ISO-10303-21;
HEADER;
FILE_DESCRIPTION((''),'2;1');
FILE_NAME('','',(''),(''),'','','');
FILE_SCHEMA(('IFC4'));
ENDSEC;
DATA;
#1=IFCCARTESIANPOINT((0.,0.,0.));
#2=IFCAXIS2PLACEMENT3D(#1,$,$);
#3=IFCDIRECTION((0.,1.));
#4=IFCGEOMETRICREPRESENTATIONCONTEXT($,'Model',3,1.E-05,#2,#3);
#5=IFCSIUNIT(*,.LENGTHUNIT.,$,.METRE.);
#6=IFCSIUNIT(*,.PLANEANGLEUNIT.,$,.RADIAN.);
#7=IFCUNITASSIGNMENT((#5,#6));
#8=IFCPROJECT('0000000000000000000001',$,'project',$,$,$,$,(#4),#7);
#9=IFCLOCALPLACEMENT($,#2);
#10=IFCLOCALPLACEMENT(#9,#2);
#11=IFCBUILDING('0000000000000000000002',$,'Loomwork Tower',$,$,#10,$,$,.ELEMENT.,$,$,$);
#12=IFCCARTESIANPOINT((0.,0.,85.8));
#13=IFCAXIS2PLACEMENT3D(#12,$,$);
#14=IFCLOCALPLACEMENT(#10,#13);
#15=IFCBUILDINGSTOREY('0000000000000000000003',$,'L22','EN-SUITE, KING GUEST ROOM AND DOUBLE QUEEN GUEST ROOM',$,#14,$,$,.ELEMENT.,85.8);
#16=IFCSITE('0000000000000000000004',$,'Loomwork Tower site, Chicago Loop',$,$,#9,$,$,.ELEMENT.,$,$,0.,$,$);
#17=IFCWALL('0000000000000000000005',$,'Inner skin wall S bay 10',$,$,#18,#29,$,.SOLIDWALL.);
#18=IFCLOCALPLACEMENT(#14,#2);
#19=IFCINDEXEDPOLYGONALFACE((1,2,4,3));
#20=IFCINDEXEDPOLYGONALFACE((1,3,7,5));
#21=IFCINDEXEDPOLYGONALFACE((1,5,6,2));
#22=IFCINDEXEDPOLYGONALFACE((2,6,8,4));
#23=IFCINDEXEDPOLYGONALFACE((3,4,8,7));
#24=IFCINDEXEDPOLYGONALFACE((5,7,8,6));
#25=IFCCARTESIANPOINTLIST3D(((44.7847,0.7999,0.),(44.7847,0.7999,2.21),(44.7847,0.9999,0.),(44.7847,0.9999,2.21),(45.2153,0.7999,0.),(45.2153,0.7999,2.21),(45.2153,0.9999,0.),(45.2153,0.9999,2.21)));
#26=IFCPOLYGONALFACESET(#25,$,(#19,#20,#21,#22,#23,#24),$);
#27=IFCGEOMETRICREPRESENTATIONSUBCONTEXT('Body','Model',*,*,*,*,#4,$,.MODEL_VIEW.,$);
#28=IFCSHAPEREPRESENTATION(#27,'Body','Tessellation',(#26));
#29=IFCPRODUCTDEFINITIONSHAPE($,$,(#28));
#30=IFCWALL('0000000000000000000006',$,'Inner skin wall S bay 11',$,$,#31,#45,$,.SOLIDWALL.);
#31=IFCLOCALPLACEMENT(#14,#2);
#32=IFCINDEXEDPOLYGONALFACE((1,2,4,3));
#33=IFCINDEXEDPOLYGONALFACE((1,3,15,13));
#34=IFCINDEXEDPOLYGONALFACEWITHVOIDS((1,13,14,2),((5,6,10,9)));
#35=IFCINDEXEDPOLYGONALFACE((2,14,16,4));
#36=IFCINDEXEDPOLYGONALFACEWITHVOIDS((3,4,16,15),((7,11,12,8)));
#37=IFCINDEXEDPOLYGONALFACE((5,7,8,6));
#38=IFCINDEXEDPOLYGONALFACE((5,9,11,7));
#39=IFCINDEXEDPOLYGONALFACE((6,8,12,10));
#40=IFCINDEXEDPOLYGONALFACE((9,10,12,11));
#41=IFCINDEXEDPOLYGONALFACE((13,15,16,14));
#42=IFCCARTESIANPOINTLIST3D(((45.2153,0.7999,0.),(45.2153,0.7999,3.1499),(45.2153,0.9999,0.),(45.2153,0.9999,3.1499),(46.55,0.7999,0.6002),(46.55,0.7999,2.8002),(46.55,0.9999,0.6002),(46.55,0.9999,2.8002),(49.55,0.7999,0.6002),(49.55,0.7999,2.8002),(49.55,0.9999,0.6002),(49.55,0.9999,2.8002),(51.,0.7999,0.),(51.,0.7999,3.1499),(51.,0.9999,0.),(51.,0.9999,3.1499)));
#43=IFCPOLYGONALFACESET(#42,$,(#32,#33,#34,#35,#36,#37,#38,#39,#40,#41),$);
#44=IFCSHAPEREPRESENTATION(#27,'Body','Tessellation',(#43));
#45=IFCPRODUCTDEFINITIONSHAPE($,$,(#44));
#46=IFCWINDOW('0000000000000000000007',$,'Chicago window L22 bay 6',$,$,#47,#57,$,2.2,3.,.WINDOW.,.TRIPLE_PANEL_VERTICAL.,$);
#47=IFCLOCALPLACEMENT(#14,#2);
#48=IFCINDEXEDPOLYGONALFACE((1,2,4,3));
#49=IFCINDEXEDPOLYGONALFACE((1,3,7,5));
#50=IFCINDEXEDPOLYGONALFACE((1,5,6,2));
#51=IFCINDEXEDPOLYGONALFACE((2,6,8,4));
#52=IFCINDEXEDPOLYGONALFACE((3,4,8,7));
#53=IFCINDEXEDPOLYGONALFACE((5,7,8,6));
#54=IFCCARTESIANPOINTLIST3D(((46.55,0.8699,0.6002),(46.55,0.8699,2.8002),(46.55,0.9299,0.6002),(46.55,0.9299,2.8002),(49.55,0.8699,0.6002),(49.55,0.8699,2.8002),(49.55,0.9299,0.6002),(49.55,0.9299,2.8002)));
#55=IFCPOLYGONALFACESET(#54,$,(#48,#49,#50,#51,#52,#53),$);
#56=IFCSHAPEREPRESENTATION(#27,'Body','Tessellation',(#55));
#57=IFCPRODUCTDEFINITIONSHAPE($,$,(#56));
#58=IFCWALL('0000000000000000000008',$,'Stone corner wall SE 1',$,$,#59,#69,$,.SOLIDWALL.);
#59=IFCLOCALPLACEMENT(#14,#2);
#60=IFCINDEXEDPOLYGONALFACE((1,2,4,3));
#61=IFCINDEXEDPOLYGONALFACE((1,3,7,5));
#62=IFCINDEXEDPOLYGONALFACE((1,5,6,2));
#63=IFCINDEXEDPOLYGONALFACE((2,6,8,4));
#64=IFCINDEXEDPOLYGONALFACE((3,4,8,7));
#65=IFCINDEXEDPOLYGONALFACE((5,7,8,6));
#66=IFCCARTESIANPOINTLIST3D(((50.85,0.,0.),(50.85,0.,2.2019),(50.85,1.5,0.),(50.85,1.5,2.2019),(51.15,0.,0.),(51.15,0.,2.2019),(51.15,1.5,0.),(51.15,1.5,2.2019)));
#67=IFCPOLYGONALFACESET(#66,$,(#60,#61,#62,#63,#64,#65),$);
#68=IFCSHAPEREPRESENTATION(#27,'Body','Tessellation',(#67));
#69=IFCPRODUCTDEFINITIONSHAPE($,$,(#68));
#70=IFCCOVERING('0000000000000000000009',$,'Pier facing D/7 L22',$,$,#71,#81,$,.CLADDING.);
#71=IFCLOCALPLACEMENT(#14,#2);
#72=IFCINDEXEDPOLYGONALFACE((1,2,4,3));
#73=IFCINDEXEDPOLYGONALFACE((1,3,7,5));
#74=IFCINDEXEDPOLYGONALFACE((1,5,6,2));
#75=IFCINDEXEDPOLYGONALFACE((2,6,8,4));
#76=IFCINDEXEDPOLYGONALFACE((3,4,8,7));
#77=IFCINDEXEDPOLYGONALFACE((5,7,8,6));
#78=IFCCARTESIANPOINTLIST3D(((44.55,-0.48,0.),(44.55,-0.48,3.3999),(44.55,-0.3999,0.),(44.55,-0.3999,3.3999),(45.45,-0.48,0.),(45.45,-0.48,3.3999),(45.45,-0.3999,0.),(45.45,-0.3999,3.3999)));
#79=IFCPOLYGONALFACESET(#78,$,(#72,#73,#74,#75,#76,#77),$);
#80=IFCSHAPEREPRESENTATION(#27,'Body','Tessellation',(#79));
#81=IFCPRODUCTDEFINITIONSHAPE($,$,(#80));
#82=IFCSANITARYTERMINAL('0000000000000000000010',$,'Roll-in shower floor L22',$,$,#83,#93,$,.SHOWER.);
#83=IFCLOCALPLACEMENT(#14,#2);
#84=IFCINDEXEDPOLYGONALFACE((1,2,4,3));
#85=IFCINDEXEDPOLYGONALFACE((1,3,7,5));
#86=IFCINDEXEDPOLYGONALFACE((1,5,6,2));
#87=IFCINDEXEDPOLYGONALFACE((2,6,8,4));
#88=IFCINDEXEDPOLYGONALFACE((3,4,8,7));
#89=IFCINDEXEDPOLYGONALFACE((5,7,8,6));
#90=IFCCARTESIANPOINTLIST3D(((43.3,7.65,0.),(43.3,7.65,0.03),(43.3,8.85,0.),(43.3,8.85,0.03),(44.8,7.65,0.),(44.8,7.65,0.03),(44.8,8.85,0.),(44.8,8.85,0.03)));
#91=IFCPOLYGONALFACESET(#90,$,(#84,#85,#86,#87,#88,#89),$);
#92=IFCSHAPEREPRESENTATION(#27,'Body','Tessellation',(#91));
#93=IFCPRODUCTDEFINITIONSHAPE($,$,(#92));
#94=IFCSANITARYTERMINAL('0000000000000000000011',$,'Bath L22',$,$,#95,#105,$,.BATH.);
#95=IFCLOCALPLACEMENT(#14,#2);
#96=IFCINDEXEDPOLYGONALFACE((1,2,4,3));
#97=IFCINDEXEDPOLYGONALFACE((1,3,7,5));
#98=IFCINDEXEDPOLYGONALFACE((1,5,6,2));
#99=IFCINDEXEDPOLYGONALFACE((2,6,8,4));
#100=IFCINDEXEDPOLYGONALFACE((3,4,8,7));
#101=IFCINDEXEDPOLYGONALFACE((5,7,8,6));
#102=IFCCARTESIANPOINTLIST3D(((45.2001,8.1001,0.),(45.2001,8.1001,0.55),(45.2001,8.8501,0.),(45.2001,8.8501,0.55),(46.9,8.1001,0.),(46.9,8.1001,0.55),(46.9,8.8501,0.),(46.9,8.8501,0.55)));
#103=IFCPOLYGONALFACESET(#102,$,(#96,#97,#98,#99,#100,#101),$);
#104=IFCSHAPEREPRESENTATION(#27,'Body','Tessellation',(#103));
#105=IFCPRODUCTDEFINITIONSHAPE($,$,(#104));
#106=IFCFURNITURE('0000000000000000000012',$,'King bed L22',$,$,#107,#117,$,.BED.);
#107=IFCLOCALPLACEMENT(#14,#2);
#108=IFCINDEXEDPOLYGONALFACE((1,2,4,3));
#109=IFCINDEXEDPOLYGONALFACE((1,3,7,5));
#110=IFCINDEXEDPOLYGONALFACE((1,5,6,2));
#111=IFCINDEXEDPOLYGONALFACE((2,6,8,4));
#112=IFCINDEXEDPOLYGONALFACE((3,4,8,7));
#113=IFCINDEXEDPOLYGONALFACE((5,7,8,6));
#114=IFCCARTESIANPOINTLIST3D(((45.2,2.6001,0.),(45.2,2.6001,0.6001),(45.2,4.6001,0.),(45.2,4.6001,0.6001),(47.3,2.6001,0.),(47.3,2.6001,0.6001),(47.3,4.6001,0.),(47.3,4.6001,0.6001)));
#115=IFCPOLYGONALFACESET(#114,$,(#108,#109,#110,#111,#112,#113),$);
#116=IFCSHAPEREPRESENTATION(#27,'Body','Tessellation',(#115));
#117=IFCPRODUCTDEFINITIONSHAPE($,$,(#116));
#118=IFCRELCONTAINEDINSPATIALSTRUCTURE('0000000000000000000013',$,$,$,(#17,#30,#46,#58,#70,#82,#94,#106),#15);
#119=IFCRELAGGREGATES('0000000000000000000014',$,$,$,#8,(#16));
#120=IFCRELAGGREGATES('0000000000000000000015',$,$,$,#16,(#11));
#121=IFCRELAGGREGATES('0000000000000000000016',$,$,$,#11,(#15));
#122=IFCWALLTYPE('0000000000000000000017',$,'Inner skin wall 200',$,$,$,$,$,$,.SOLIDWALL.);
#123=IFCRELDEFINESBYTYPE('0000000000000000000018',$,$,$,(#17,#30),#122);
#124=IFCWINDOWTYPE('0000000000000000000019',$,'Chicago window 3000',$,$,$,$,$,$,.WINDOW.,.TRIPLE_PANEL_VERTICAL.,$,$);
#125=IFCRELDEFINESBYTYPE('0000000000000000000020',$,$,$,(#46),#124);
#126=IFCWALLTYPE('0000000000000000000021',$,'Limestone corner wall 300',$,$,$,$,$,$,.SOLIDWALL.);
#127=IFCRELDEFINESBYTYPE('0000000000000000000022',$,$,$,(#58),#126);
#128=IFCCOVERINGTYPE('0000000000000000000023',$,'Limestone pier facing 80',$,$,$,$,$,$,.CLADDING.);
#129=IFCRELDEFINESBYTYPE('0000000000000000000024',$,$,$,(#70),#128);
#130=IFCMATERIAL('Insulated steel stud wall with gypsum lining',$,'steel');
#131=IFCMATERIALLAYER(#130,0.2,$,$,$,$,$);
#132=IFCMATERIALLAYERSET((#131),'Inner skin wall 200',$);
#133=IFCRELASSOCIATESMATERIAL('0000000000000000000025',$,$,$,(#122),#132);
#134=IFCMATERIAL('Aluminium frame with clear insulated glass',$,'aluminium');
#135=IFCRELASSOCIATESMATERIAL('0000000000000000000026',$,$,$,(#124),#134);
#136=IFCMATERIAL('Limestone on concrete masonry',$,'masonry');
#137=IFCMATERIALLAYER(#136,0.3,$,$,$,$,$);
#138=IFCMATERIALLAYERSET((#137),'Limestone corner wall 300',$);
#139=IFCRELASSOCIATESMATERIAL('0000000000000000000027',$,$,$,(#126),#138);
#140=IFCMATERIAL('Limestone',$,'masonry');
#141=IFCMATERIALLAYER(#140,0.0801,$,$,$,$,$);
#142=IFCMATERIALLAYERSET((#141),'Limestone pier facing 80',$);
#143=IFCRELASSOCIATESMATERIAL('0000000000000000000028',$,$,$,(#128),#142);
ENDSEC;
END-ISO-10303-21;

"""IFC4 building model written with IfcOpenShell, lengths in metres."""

from ifc_helpers import new_model, si_unit, direction, frame, frame_2d, origin, origin_2d, place, context, subcontext, project, spatial, rectangle, extrude, material, layer, layer_set, type_object, element, fill, save


model = new_model("IFC4")

# Units and contexts
model_context = context("Model", 3, precision=1e-05, world=origin(), true_north=direction((0.0, 1.0)))
body_context = subcontext(model_context, "Body", "Model", "MODEL_VIEW")
ifc_project = project(units=[si_unit("LENGTHUNIT", "METRE"), si_unit("PLANEANGLEUNIT", "RADIAN")], contexts=[model_context])

# Site, building, storey
site_placement = place(None, origin())
site = spatial("IfcSite", under=ifc_project, at=site_placement, Name="Loomwork Tower site, Chicago Loop", CompositionType="ELEMENT", RefElevation=0.0)
building_placement = place(site_placement, origin())
building = spatial("IfcBuilding", under=site, at=building_placement, Name="Loomwork Tower", CompositionType="ELEMENT")
storey_placement = place(building_placement, frame((0.0, 0.0, 85.8)))
storey = spatial("IfcBuildingStorey", under=building, at=storey_placement, Name="L22", Description="EN-SUITE, KING GUEST ROOM AND DOUBLE QUEEN GUEST ROOM", CompositionType="ELEMENT", Elevation=85.8)

# Wall
ifc_material_1 = material(Name="Insulated steel stud wall with gypsum lining", Category="steel")
ifc_layer_1 = layer(ifc_material_1, 0.2)
ifc_layer_set_1 = layer_set([ifc_layer_1], Name="Inner skin wall 200")
wall_type_1 = type_object("IfcWallType", Name="Inner skin wall 200", PredefinedType="SOLIDWALL", material=ifc_layer_set_1)
wall_1_placement = place(storey_placement, frame((44.7847, 0.8999, 0.0), z_axis=(0.0, 0.0, 1.0), x_axis=(1.0, 0.0, 0.0)))
element("IfcWall", 1, at=wall_1_placement, inside=storey, type_object=wall_type_1, Name="Inner skin wall S bay 10", PredefinedType="SOLIDWALL", context=body_context, shape_type="SweptSolid", body=[
    extrude(rectangle(XDim=0.4307, YDim=0.2, at=frame_2d((0.2153, 0.0))), origin(), (0.0, 0.0, 1.0), 2.21),
])

# Wall, opening, window
wall_2_placement = place(storey_placement, frame((45.2153, 0.8999, 0.0), z_axis=(0.0, 0.0, 1.0), x_axis=(1.0, 0.0, 0.0)))
wall_2 = element("IfcWall", 2, at=wall_2_placement, inside=storey, type_object=wall_type_1, Name="Inner skin wall S bay 11", PredefinedType="SOLIDWALL", context=body_context, shape_type="SweptSolid", body=[
    extrude(rectangle(XDim=5.7847, YDim=0.2, at=frame_2d((2.8923, 0.0))), origin(), (0.0, 0.0, 1.0), 3.1499),
])
opening_placement = place(wall_2_placement, frame((1.3347, 0.0, 0.6001)))
opening = element("IfcOpeningElement", 3, at=opening_placement, cuts=wall_2, PredefinedType="OPENING", context=body_context, shape_type="SweptSolid", body=[
    extrude(rectangle(XDim=3.0, YDim=2.2, at=frame_2d((1.5, 1.1001))), frame((0.0, 0.1099, 0.0), z_axis=(0.0, -1.0, 0.0), x_axis=(1.0, 0.0, 0.0)), (0.0, 0.0, 1.0), 0.22),
])
ifc_material_2 = material(Name="Aluminium frame with clear insulated glass", Category="aluminium")
window_type = type_object("IfcWindowType", Name="Chicago window 3000", PartitioningType="TRIPLE_PANEL_VERTICAL", PredefinedType="WINDOW", material=ifc_material_2)
window_placement = place(opening_placement, origin())
window = element("IfcWindow", 4, at=window_placement, inside=storey, type_object=window_type, Name="Chicago window L22 bay 6", OverallHeight=2.2, OverallWidth=3.0, PartitioningType="TRIPLE_PANEL_VERTICAL", PredefinedType="WINDOW", context=body_context, shape_type="SweptSolid", body=[
    extrude(rectangle(XDim=3.0, YDim=2.2, at=frame_2d((1.5, 1.1001))), frame((0.0, 0.03, 0.0), z_axis=(0.0, -1.0, 0.0), x_axis=(1.0, 0.0, 0.0)), (0.0, 0.0, 1.0), 0.0601),
])
fill(opening, window)

# Wall
ifc_material_3 = material(Name="Limestone on concrete masonry", Category="masonry")
ifc_layer_2 = layer(ifc_material_3, 0.3)
ifc_layer_set_2 = layer_set([ifc_layer_2], Name="Limestone corner wall 300")
wall_type_2 = type_object("IfcWallType", Name="Limestone corner wall 300", PredefinedType="SOLIDWALL", material=ifc_layer_set_2)
wall_3_placement = place(storey_placement, frame((51.0, 0.0, 0.0), z_axis=(0.0, 0.0, 1.0), x_axis=(0.0, 1.0, 0.0)))
element("IfcWall", 5, at=wall_3_placement, inside=storey, type_object=wall_type_2, Name="Stone corner wall SE 1", PredefinedType="SOLIDWALL", context=body_context, shape_type="SweptSolid", body=[
    extrude(rectangle(XDim=1.5, YDim=0.3, at=frame_2d((0.75, 0.0))), origin(), (0.0, 0.0, 1.0), 2.2019),
])

# Covering
ifc_material_4 = material(Name="Limestone", Category="masonry")
ifc_layer_3 = layer(ifc_material_4, 0.0801)
ifc_layer_set_3 = layer_set([ifc_layer_3], Name="Limestone pier facing 80")
covering_type = type_object("IfcCoveringType", Name="Limestone pier facing 80", PredefinedType="CLADDING", material=ifc_layer_set_3)
covering_placement = place(storey_placement, frame((45.0, -0.4399, 0.0), z_axis=(0.0, 0.0, 1.0), x_axis=(1.0, 0.0, 0.0)))
element("IfcCovering", 6, at=covering_placement, inside=storey, type_object=covering_type, Name="Pier facing D/7 L22", PredefinedType="CLADDING", context=body_context, shape_type="SweptSolid", body=[
    extrude(rectangle(XDim=0.8999, YDim=0.0801, at=origin_2d()), origin(), (0.0, 0.0, 1.0), 3.3999),
])

# Sanitary terminals
sanitary_terminal_1_placement = place(storey_placement, frame((44.05, 8.25, 0.0), z_axis=(0.0, 0.0, 1.0), x_axis=(1.0, 0.0, 0.0)))
element("IfcSanitaryTerminal", 7, at=sanitary_terminal_1_placement, inside=storey, Name="Roll-in shower floor L22", PredefinedType="SHOWER", context=body_context, shape_type="SweptSolid", body=[
    extrude(rectangle(XDim=1.5, YDim=1.2, at=origin_2d()), origin(), (0.0, 0.0, 1.0), 0.03),
])
sanitary_terminal_2_placement = place(storey_placement, frame((46.05, 8.4751, 0.0), z_axis=(0.0, 0.0, 1.0), x_axis=(1.0, 0.0, 0.0)))
element("IfcSanitaryTerminal", 8, at=sanitary_terminal_2_placement, inside=storey, Name="Bath L22", PredefinedType="BATH", context=body_context, shape_type="SweptSolid", body=[
    extrude(rectangle(XDim=1.7, YDim=0.75, at=origin_2d()), origin(), (0.0, 0.0, 1.0), 0.55),
])

# Furniture
furniture_placement = place(storey_placement, frame((46.25, 3.6001, 0.0), z_axis=(0.0, 0.0, 1.0), x_axis=(1.0, 0.0, 0.0)))
element("IfcFurniture", 9, at=furniture_placement, inside=storey, Name="King bed L22", PredefinedType="BED", context=body_context, shape_type="SweptSolid", body=[
    extrude(rectangle(XDim=2.1001, YDim=2.0, at=origin_2d()), origin(), (0.0, 0.0, 1.0), 0.6001),
])

save(model, "model.ifc")
